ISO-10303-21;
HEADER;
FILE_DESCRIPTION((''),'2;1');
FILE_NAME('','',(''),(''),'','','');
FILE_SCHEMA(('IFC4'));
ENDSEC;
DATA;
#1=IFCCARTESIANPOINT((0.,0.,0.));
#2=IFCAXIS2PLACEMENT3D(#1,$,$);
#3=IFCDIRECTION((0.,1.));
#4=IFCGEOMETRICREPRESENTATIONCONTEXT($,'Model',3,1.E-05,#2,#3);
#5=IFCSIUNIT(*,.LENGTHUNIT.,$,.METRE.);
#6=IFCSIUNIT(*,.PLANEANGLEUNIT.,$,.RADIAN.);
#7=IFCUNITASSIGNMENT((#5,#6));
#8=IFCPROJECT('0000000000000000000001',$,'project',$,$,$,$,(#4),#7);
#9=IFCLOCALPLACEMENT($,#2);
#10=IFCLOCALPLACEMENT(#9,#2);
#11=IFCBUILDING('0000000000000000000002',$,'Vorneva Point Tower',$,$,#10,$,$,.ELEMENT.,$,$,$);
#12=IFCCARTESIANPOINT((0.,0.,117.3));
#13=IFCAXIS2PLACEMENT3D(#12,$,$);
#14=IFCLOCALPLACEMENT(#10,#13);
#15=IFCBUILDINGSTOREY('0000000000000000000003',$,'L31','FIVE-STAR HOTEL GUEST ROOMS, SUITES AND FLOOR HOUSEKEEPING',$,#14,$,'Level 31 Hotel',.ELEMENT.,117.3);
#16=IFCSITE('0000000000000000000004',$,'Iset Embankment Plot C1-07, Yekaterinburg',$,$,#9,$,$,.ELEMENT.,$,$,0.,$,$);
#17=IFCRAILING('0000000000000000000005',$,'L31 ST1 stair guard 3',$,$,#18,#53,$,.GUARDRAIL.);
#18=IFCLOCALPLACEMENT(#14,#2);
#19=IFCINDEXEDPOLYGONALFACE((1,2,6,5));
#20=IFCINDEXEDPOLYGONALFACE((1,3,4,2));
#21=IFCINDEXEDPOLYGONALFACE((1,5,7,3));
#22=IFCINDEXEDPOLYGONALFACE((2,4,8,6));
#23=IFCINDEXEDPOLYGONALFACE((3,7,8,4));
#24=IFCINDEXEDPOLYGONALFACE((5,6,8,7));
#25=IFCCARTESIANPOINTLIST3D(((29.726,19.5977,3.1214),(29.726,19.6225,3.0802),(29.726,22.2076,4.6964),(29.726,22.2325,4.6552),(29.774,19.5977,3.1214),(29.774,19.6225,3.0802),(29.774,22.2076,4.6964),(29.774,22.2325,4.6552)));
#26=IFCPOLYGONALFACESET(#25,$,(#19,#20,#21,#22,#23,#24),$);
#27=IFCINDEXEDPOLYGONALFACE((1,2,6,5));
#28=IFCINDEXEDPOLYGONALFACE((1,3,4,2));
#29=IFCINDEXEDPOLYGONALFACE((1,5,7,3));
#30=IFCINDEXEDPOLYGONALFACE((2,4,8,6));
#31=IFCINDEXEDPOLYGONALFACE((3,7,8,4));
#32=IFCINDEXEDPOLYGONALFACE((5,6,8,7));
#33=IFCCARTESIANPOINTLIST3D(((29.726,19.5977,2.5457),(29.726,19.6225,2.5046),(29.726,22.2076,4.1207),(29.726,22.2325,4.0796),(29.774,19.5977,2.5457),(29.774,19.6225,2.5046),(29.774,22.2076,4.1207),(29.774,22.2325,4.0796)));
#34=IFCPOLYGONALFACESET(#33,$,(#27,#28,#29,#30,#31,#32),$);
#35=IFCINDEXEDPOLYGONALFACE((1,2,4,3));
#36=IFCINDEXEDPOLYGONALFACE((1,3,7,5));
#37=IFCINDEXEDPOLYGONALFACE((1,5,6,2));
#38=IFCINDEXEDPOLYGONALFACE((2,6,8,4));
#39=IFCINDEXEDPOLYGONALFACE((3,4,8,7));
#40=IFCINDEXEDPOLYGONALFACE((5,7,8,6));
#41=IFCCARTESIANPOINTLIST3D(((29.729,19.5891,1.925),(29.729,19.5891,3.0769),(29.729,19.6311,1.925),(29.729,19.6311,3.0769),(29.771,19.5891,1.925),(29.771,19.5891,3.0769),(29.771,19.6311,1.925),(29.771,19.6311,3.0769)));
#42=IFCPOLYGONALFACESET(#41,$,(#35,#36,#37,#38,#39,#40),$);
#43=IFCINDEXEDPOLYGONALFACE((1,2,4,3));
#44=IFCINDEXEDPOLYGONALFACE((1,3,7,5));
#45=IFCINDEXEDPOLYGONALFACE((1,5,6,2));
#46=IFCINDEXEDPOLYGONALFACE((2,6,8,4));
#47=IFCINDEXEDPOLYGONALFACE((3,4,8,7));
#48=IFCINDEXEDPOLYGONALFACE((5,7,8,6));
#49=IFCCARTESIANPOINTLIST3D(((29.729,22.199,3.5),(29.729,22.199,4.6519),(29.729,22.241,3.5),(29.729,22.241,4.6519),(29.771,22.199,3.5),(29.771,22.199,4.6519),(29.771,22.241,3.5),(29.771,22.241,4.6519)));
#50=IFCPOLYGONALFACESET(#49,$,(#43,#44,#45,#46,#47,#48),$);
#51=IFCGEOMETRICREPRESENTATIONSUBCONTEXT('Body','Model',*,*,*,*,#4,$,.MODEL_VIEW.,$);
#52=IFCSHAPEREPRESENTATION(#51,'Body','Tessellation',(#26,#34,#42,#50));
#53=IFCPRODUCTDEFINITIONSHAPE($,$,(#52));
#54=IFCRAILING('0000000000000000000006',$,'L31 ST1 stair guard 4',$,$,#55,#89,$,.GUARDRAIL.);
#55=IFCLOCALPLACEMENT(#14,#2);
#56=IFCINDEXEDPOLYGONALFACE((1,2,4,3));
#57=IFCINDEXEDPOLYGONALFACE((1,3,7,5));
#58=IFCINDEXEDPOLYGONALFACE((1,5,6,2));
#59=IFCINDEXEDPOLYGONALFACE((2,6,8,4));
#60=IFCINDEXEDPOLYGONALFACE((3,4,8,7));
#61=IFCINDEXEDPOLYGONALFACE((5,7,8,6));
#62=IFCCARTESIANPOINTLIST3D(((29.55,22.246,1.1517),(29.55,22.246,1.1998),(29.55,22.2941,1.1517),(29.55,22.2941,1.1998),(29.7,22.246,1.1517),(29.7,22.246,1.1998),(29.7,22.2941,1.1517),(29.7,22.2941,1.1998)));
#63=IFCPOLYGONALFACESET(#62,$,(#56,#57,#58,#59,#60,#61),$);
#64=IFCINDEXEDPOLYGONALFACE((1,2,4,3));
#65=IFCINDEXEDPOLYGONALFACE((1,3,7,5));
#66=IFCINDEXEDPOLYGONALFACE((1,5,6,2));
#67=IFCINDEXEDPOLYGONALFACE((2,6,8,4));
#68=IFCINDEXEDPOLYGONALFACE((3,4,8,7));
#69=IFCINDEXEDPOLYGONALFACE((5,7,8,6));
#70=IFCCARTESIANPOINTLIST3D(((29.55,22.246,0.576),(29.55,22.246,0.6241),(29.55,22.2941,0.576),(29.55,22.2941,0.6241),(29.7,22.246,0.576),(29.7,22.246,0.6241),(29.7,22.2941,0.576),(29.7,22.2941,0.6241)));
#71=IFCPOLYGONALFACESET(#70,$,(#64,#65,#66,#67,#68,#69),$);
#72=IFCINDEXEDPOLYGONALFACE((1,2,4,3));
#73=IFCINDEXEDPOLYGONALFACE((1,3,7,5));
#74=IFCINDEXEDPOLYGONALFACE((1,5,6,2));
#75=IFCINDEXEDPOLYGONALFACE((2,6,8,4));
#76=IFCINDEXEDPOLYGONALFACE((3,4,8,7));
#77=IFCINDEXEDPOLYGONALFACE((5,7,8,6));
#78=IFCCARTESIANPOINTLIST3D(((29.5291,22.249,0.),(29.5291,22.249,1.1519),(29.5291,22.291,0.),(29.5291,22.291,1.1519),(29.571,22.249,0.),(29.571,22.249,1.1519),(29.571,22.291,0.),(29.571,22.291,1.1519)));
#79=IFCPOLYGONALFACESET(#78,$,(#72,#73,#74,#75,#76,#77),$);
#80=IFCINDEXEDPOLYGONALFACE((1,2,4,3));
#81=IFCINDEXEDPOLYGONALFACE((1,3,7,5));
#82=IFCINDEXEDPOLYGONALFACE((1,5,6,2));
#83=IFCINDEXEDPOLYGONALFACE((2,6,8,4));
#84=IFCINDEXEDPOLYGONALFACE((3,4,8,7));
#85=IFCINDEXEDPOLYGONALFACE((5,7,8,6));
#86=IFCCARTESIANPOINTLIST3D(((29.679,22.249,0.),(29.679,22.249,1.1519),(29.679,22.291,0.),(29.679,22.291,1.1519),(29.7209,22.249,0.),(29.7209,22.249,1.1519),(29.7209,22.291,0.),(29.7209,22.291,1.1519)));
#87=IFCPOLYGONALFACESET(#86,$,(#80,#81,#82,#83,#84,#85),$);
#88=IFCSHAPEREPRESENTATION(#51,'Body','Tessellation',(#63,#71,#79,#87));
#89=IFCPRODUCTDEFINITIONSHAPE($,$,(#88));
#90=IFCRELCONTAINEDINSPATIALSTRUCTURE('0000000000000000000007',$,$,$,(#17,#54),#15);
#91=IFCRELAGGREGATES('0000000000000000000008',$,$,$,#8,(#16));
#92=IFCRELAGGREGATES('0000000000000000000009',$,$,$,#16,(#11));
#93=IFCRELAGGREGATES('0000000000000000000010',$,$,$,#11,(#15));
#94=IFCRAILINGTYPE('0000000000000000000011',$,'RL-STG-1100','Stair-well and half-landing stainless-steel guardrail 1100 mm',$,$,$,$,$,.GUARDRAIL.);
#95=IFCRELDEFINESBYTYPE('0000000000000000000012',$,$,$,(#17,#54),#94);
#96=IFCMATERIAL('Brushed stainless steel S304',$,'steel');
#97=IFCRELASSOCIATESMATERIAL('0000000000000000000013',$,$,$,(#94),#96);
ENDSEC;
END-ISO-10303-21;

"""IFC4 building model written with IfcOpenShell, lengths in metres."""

from ifc_helpers import new_model, si_unit, direction, frame, origin, origin_2d, place, context, subcontext, project, spatial, rectangle, extrude, material, type_object, element, save


model = new_model("IFC4")

# Units and contexts
model_context = context("Model", 3, precision=1e-05, world=origin(), true_north=direction((0.0, 1.0)))
body_context = subcontext(model_context, "Body", "Model", "MODEL_VIEW")
ifc_project = project(units=[si_unit("LENGTHUNIT", "METRE"), si_unit("PLANEANGLEUNIT", "RADIAN")], contexts=[model_context])

# Site, building, storey
site_placement = place(None, origin())
site = spatial("IfcSite", under=ifc_project, at=site_placement, Name="Iset Embankment Plot C1-07, Yekaterinburg", CompositionType="ELEMENT", RefElevation=0.0)
building_placement = place(site_placement, origin())
building = spatial("IfcBuilding", under=site, at=building_placement, Name="Vorneva Point Tower", CompositionType="ELEMENT")
storey_placement = place(building_placement, frame((0.0, 0.0, 117.3)))
storey = spatial("IfcBuildingStorey", under=building, at=storey_placement, Name="L31", Description="FIVE-STAR HOTEL GUEST ROOMS, SUITES AND FLOOR HOUSEKEEPING", LongName="Level 31 Hotel", CompositionType="ELEMENT", Elevation=117.3)

# Railings
ifc_material_1 = material(Name="Brushed stainless steel S304", Category="steel")
railing_type_1 = type_object("IfcRailingType", Name="RL-STG-1100", Description="Stair-well and half-landing stainless-steel guardrail 1100 mm", PredefinedType="GUARDRAIL", material=ifc_material_1)
railing_1_placement = place(storey_placement, frame((29.75, 19.6101, 1.925)))
element("IfcRailing", 1, at=railing_1_placement, inside=storey, type_object=railing_type_1, Name="L31 ST1 stair guard 3", PredefinedType="GUARDRAIL", context=body_context, shape_type="SweptSolid", body=[
    extrude(rectangle(XDim=0.0481, YDim=0.0481, at=origin_2d()), frame((0.0, 0.0, 1.1758), z_axis=(0.0, 0.856183, 0.516673), x_axis=(-1.0, 0.0, 0.0)), (0.0, 0.0, 1.0), 3.0483),
    extrude(rectangle(XDim=0.0481, YDim=0.0481, at=origin_2d()), frame((0.0, 0.0, 0.6001), z_axis=(0.0, 0.856183, 0.516673), x_axis=(-1.0, 0.0, 0.0)), (0.0, 0.0, 1.0), 3.0483),
    extrude(rectangle(XDim=0.042, YDim=0.042, at=origin_2d()), origin(), (0.0, 0.0, 1.0), 1.1519),
    extrude(rectangle(XDim=0.042, YDim=0.042, at=origin_2d()), frame((0.0, 2.6099, 1.575)), (0.0, 0.0, 1.0), 1.1519),
])
railing_2_placement = place(storey_placement, frame((29.55, 22.27, 0.0)))
element("IfcRailing", 2, at=railing_2_placement, inside=storey, type_object=railing_type_1, Name="L31 ST1 stair guard 4", PredefinedType="GUARDRAIL", context=body_context, shape_type="SweptSolid", body=[
    extrude(rectangle(XDim=0.0481, YDim=0.0481, at=origin_2d()), frame((0.0, 0.0, 1.1758), z_axis=(1.0, 0.0, 0.0), x_axis=(0.0, 1.0, 0.0)), (0.0, 0.0, 1.0), 0.1499),
    extrude(rectangle(XDim=0.0481, YDim=0.0481, at=origin_2d()), frame((0.0, 0.0, 0.6001), z_axis=(1.0, 0.0, 0.0), x_axis=(0.0, 1.0, 0.0)), (0.0, 0.0, 1.0), 0.1499),
    extrude(rectangle(XDim=0.042, YDim=0.042, at=origin_2d()), origin(), (0.0, 0.0, 1.0), 1.1519),
    extrude(rectangle(XDim=0.042, YDim=0.042, at=origin_2d()), frame((0.1499, 0.0, 0.0)), (0.0, 0.0, 1.0), 1.1519),
])

save(model, "model.ifc")
